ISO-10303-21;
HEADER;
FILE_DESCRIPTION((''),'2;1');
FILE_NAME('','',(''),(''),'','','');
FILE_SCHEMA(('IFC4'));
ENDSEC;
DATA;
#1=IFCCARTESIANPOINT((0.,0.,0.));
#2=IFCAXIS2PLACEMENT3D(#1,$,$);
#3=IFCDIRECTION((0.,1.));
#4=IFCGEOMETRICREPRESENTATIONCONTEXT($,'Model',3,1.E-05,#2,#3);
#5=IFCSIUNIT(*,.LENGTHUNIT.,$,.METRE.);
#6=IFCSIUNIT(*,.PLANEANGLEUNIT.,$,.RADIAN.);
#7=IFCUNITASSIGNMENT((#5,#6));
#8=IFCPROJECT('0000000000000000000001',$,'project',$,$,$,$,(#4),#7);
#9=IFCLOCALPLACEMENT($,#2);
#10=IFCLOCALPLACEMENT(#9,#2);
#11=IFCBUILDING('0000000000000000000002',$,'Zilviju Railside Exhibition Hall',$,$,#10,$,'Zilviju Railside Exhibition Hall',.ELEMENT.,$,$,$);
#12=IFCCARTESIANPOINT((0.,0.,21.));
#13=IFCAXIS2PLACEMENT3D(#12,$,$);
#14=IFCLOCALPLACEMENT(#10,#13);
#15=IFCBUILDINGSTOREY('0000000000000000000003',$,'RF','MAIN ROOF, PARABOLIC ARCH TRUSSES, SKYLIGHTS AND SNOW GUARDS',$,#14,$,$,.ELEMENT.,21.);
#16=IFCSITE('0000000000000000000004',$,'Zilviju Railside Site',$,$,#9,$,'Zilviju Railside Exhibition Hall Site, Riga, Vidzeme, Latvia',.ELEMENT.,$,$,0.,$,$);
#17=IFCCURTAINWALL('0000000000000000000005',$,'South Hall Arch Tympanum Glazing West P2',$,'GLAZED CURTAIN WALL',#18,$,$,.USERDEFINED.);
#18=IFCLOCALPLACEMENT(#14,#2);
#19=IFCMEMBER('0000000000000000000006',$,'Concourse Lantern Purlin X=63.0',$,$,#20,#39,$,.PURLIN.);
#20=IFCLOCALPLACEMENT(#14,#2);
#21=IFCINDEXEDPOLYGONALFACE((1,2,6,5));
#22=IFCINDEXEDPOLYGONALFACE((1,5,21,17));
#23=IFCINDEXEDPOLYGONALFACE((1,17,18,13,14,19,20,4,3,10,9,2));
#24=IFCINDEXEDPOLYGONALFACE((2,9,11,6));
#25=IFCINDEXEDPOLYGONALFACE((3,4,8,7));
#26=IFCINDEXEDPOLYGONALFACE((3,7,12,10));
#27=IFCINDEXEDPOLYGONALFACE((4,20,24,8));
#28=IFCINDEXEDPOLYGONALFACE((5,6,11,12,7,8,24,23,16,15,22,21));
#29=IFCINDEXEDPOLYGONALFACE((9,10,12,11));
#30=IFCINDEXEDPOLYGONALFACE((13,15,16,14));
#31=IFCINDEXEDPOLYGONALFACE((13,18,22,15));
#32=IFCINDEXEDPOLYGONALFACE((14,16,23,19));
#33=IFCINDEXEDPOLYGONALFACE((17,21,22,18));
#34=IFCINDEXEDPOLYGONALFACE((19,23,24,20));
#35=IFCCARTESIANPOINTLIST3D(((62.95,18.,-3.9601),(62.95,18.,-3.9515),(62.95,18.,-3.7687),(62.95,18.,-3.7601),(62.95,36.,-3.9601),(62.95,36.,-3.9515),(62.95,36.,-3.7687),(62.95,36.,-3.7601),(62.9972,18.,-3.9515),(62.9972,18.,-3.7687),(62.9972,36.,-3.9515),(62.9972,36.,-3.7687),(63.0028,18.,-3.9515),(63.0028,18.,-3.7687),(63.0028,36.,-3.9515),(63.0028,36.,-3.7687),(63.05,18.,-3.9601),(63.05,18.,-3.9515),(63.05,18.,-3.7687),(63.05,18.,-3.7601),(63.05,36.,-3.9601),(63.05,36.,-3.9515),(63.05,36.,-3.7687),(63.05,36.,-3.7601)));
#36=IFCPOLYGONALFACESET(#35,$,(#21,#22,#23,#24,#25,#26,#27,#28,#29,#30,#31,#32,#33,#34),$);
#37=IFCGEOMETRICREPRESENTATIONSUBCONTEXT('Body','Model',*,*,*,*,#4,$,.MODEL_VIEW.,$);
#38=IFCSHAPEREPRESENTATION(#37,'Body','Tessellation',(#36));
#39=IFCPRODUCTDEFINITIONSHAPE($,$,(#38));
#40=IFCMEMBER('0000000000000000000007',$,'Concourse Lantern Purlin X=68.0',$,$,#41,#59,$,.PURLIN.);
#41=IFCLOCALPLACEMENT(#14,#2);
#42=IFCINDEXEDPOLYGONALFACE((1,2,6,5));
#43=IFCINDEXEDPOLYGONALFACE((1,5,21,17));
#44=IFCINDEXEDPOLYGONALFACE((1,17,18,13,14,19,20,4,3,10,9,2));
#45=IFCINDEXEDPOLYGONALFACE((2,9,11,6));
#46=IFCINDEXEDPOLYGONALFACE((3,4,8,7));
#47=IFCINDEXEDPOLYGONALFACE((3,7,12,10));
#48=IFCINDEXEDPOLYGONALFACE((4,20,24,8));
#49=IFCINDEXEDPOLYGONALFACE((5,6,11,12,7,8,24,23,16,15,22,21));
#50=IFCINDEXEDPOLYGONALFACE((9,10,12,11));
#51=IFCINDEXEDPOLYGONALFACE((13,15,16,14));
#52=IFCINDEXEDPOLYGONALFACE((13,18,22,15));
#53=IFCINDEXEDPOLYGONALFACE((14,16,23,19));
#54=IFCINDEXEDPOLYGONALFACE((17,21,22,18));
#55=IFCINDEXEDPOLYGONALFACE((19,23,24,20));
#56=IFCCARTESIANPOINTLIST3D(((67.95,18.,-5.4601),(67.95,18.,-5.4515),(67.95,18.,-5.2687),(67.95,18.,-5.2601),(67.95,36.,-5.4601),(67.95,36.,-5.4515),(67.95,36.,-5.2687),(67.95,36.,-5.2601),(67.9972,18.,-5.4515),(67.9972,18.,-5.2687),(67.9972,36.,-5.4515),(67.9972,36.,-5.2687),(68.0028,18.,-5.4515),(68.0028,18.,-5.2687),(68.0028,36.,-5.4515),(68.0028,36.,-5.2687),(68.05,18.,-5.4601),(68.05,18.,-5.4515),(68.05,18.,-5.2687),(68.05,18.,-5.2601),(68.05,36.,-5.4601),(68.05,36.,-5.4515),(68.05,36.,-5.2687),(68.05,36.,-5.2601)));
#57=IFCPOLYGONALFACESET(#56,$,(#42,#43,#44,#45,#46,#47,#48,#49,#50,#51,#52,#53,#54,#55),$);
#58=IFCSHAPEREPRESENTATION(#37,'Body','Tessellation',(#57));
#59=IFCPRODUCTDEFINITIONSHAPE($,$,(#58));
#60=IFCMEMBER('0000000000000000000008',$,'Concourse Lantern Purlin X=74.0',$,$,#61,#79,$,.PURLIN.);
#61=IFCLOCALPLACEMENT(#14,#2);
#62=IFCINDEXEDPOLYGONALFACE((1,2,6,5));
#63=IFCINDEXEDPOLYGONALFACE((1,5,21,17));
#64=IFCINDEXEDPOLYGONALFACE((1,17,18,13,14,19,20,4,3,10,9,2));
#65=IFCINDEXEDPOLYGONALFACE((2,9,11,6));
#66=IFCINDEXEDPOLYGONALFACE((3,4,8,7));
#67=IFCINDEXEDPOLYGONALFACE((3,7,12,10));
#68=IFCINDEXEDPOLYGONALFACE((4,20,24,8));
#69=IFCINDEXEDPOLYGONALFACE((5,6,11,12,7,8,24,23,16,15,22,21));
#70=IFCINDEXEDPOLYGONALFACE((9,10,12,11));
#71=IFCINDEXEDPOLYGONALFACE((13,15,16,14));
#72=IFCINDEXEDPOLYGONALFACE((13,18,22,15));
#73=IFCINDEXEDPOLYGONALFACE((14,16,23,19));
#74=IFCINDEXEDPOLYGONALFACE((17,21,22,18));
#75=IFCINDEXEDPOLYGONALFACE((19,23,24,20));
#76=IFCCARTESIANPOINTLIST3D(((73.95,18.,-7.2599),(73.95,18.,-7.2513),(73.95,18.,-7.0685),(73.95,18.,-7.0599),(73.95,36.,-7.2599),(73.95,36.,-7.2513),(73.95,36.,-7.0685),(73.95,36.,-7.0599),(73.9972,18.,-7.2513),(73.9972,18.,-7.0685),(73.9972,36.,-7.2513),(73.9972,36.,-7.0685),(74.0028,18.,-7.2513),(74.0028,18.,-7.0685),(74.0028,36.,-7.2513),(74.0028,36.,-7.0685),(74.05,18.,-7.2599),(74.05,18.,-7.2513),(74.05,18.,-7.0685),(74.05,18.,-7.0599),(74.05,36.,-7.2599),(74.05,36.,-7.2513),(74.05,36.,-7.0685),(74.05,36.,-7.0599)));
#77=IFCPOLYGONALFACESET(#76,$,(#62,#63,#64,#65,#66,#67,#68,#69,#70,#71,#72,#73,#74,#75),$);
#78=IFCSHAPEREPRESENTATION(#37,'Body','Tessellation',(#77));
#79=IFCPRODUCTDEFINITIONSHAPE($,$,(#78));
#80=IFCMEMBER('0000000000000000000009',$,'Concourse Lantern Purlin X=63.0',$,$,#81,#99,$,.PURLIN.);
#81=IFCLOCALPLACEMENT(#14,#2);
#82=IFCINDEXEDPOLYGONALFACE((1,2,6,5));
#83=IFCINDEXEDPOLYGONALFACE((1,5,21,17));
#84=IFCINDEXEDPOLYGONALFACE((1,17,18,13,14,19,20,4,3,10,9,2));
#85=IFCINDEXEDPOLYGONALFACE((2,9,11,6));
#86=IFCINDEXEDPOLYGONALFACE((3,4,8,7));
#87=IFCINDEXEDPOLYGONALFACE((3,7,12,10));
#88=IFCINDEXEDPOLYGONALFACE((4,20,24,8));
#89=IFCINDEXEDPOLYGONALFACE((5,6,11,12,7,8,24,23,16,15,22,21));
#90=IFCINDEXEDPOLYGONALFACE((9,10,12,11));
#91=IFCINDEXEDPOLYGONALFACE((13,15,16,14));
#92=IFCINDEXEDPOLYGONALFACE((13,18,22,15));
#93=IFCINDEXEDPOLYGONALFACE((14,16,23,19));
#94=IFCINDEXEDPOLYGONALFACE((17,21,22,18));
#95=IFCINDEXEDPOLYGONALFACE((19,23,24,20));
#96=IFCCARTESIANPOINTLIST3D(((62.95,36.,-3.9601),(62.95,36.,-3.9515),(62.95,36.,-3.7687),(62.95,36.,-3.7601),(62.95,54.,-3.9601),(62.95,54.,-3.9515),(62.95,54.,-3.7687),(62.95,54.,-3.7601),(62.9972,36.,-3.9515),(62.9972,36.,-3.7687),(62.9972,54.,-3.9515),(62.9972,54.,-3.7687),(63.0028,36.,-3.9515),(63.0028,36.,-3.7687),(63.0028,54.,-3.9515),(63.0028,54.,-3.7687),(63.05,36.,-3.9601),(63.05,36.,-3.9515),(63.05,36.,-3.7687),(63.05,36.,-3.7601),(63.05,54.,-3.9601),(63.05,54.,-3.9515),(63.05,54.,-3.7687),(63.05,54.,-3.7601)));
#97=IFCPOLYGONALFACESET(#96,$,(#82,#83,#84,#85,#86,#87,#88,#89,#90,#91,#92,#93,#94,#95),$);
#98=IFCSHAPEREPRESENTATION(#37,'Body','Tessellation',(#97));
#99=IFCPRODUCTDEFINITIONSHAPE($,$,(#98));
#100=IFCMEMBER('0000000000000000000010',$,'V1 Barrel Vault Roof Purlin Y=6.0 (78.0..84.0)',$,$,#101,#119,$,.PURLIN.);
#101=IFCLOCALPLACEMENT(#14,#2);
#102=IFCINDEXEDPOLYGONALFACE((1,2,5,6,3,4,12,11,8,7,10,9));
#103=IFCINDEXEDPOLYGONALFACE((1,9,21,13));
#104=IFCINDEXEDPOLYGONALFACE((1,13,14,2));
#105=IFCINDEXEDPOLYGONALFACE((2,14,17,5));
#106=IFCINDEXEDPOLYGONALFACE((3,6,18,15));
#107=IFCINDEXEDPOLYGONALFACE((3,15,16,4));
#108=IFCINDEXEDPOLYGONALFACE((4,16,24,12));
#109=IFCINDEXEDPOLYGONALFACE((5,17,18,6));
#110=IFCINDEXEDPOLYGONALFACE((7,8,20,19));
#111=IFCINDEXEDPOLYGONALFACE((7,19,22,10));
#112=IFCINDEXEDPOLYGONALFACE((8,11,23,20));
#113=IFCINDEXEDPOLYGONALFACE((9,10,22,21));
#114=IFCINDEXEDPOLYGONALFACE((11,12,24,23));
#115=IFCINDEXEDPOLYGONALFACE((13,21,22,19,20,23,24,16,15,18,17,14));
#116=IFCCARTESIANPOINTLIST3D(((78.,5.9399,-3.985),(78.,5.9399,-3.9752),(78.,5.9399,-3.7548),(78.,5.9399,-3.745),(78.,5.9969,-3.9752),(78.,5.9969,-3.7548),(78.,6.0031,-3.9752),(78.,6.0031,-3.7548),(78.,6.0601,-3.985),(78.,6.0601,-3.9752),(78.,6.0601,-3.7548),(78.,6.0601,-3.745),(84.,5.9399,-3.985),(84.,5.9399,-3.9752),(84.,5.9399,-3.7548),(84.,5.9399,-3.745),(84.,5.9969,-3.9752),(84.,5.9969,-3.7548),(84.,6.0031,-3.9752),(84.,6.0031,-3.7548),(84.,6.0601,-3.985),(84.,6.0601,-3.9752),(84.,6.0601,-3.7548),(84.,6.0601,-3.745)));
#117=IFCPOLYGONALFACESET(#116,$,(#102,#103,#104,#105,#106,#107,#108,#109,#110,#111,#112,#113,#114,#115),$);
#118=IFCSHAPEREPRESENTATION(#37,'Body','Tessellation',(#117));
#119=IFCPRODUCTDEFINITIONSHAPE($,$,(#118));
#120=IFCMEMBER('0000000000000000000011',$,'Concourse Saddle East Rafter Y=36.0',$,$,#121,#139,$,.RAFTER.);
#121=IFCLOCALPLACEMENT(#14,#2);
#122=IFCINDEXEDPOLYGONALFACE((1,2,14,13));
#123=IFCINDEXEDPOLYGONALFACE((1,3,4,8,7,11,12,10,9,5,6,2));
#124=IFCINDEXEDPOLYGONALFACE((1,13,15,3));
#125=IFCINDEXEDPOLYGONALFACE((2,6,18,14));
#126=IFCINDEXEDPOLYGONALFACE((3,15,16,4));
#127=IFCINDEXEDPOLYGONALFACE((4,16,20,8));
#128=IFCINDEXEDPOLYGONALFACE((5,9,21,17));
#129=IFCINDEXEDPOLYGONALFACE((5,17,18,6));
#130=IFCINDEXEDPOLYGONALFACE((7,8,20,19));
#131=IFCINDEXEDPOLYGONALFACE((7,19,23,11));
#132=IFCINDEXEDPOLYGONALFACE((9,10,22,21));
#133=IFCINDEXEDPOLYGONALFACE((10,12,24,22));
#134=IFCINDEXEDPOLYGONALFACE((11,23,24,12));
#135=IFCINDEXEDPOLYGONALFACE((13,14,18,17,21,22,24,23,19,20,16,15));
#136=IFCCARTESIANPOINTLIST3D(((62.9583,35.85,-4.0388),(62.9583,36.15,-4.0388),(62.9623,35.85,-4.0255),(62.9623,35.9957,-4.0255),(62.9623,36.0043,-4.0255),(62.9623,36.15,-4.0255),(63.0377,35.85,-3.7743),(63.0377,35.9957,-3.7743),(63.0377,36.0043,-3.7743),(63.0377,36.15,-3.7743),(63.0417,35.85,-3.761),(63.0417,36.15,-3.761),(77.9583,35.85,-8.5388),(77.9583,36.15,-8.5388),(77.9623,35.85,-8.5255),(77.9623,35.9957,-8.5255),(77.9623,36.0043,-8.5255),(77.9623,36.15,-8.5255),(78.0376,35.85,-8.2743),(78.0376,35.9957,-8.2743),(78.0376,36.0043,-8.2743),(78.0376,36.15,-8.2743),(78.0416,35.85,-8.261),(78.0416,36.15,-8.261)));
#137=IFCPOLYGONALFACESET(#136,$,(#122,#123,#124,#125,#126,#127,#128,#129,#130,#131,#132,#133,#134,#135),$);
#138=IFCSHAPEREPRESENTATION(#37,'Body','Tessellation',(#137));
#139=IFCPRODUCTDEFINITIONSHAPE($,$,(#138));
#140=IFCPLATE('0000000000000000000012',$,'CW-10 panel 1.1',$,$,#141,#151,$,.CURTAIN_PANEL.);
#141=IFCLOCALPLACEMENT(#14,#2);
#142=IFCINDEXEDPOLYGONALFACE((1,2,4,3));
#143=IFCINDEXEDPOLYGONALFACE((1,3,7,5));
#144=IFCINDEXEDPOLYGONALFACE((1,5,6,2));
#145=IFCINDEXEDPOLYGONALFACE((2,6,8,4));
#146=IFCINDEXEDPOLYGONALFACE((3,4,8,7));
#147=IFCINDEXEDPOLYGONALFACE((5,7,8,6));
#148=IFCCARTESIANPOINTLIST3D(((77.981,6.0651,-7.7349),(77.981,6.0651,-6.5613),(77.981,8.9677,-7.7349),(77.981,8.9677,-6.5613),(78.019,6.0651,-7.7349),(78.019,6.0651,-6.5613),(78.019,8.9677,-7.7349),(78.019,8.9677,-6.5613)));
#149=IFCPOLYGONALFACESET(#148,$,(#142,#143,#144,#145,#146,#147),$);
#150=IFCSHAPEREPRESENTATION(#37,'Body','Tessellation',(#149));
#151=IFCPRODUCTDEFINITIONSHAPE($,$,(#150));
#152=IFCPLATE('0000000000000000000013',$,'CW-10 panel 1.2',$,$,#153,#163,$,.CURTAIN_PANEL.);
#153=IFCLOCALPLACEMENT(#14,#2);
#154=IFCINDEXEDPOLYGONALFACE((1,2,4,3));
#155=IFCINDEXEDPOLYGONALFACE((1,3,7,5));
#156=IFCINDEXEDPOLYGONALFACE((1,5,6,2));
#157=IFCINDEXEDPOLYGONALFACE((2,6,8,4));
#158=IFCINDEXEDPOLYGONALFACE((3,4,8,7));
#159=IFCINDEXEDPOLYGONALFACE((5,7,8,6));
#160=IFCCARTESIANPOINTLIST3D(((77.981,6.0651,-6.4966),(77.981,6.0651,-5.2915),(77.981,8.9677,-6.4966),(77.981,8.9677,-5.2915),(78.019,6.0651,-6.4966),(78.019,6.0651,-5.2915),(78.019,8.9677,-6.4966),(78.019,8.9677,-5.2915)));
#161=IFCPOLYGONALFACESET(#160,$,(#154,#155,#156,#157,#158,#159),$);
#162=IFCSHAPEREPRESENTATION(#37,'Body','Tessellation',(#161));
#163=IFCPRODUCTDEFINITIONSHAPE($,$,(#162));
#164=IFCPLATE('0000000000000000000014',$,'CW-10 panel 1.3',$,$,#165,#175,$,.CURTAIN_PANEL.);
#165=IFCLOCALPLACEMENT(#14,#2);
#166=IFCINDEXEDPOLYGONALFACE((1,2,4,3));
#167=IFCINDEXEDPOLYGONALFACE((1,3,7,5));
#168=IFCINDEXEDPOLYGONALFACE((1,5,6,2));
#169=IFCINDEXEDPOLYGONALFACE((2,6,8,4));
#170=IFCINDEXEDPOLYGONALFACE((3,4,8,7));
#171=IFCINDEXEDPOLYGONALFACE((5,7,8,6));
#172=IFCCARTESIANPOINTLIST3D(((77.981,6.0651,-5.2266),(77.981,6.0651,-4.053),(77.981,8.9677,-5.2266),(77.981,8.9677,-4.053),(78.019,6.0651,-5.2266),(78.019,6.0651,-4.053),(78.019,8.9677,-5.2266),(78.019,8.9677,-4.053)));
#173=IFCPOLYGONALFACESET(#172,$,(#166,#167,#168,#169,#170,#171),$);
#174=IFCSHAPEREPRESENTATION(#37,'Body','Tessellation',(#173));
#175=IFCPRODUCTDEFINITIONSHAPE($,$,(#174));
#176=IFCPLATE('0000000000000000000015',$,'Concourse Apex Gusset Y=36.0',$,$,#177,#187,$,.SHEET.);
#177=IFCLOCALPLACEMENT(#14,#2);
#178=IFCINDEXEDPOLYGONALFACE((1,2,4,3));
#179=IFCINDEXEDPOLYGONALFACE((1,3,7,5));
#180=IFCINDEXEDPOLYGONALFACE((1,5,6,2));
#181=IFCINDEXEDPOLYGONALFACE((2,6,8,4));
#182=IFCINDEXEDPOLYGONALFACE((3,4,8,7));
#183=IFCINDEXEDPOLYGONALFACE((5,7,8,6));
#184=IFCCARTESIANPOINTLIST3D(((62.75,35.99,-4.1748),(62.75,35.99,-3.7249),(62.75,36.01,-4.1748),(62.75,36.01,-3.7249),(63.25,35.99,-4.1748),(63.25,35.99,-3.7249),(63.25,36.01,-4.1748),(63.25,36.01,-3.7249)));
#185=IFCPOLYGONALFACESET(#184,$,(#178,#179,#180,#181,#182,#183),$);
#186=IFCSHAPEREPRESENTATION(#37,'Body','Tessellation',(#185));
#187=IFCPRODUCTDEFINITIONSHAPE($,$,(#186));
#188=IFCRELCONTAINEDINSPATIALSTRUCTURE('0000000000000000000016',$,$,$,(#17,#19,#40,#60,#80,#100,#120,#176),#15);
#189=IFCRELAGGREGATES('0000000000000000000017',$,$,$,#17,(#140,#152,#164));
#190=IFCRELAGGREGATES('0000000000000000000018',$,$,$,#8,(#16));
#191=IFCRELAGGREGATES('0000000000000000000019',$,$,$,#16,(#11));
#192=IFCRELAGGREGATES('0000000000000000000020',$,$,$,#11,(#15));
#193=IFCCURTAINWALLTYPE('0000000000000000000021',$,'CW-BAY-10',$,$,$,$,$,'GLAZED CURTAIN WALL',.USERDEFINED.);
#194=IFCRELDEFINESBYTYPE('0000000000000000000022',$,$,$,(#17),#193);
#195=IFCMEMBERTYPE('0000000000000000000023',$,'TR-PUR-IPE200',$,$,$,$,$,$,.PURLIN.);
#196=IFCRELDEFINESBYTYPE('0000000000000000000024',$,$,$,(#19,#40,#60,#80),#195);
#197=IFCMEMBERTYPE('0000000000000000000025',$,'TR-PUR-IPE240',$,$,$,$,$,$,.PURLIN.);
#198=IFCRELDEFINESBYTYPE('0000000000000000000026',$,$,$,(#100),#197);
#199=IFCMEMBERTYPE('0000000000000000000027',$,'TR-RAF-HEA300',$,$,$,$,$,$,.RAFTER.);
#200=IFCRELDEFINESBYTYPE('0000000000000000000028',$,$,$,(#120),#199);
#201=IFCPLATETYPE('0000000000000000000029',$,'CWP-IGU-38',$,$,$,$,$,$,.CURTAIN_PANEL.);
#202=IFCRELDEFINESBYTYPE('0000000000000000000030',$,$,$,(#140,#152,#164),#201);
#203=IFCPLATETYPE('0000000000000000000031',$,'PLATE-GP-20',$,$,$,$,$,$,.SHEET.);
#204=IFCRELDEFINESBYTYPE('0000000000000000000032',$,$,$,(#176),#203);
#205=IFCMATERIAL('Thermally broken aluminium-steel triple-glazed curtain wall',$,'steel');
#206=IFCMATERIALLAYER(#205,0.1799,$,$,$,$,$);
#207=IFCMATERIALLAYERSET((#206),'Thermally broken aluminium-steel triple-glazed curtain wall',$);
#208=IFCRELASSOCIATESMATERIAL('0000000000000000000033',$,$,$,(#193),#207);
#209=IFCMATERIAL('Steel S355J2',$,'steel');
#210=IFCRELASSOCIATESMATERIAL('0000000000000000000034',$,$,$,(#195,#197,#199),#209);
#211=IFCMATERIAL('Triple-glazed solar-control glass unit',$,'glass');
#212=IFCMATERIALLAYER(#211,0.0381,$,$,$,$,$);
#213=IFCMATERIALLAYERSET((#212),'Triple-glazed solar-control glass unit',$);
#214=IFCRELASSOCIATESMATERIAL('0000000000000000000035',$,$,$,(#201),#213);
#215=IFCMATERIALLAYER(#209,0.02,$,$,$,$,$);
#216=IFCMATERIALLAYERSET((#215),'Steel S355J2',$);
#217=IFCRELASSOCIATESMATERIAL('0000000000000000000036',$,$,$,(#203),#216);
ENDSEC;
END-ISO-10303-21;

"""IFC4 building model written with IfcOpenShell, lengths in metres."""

from ifc_helpers import new_model, si_unit, direction, frame, origin, origin_2d, place, context, subcontext, project, spatial, rectangle, i_section, extrude, material, layer, layer_set, material_profile, profile_set, type_object, element, aggregate, save


model = new_model("IFC4")

# Units and contexts
model_context = context("Model", 3, precision=1e-05, world=origin(), true_north=direction((0.0, 1.0)))
body_context = subcontext(model_context, "Body", "Model", "MODEL_VIEW")
ifc_project = project(units=[si_unit("LENGTHUNIT", "METRE"), si_unit("PLANEANGLEUNIT", "RADIAN")], contexts=[model_context])

# Site, building, storey
site_placement = place(None, origin())
site = spatial("IfcSite", under=ifc_project, at=site_placement, Name="Zilviju Railside Site", LongName="Zilviju Railside Exhibition Hall Site, Riga, Vidzeme, Latvia", CompositionType="ELEMENT", RefElevation=0.0)
building_placement = place(site_placement, origin())
building = spatial("IfcBuilding", under=site, at=building_placement, Name="Zilviju Railside Exhibition Hall", LongName="Zilviju Railside Exhibition Hall", CompositionType="ELEMENT")
storey_placement = place(building_placement, frame((0.0, 0.0, 21.0)))
storey = spatial("IfcBuildingStorey", under=building, at=storey_placement, Name="RF", Description="MAIN ROOF, PARABOLIC ARCH TRUSSES, SKYLIGHTS AND SNOW GUARDS", CompositionType="ELEMENT", Elevation=21.0)

# Curtain wall
ifc_material_1 = material(Name="Thermally broken aluminium-steel triple-glazed curtain wall", Category="steel")
ifc_layer_1 = layer(ifc_material_1, 0.1799)
ifc_layer_set_1 = layer_set([ifc_layer_1], Name="Thermally broken aluminium-steel triple-glazed curtain wall")
curtain_wall_type = type_object("IfcCurtainWallType", Name="CW-BAY-10", ElementType="GLAZED CURTAIN WALL", PredefinedType="USERDEFINED", material=ifc_layer_set_1)
curtain_wall_placement = place(storey_placement, origin())
curtain_wall = element("IfcCurtainWall", 1, at=curtain_wall_placement, inside=storey, type_object=curtain_wall_type, Name="South Hall Arch Tympanum Glazing West P2", ObjectType="GLAZED CURTAIN WALL", PredefinedType="USERDEFINED")

# Members
ifc_material_2 = material(Name="Steel S355J2", Category="steel")
ifc_material_profile_1 = material_profile(ifc_material_2, i_section(OverallWidth=0.1001, OverallDepth=0.2, WebThickness=0.0056, FlangeThickness=0.0085, at=origin_2d()), Name="IPE 200")
ifc_profile_set_1 = profile_set([ifc_material_profile_1], Name="Steel S355J2")
member_type_1 = type_object("IfcMemberType", Name="TR-PUR-IPE200", PredefinedType="PURLIN", material=ifc_profile_set_1)
for number, where, z_axis, x_axis, name in (
    (2, (63.0, 18.0, -3.8601), (0.0, 1.0, 0.0), (-1.0, 0.0, 0.0), "Concourse Lantern Purlin X=63.0"),
    (3, (68.0, 18.0, -5.3601), (0.0, 1.0, 0.0), (-1.0, 0.0, 0.0), "Concourse Lantern Purlin X=68.0"),
    (4, (74.0, 18.0, -7.1599), (0.0, 1.0, 0.0), (-1.0, 0.0, 0.0), "Concourse Lantern Purlin X=74.0"),
    (5, (63.0, 36.0, -3.8601), (0.0, 1.0, 0.0), (-1.0, 0.0, 0.0), "Concourse Lantern Purlin X=63.0"),
):
    element("IfcMember", number, at=place(storey_placement, frame(where, z_axis=z_axis, x_axis=x_axis)), inside=storey, type_object=member_type_1, Name=name, PredefinedType="PURLIN", context=body_context, shape_type="SweptSolid", body=[
        extrude(i_section(OverallWidth=0.1001, OverallDepth=0.2, WebThickness=0.0056, FlangeThickness=0.0085, at=origin_2d()), origin(), (0.0, 0.0, 1.0), 18.0),
    ])
ifc_material_profile_2 = material_profile(ifc_material_2, i_section(OverallWidth=0.1201, OverallDepth=0.24, WebThickness=0.0061, FlangeThickness=0.0098, at=origin_2d()), Name="IPE 240")
ifc_profile_set_2 = profile_set([ifc_material_profile_2], Name="Steel S355J2")
member_type_2 = type_object("IfcMemberType", Name="TR-PUR-IPE240", PredefinedType="PURLIN", material=ifc_profile_set_2)
member_1_placement = place(storey_placement, frame((78.0, 6.0, -3.865), z_axis=(1.0, 0.0, 0.0), x_axis=(0.0, 1.0, 0.0)))
element("IfcMember", 6, at=member_1_placement, inside=storey, type_object=member_type_2, Name="V1 Barrel Vault Roof Purlin Y=6.0 (78.0..84.0)", PredefinedType="PURLIN", context=body_context, shape_type="SweptSolid", body=[
    extrude(i_section(OverallWidth=0.1201, OverallDepth=0.24, WebThickness=0.0061, FlangeThickness=0.0098, at=origin_2d()), origin(), (0.0, 0.0, 1.0), 6.0),
])
ifc_material_profile_3 = material_profile(ifc_material_2, i_section(OverallWidth=0.3, OverallDepth=0.29, WebThickness=0.0085, FlangeThickness=0.0139, at=origin_2d()), Name="HEA 300")
ifc_profile_set_3 = profile_set([ifc_material_profile_3], Name="Steel S355J2")
member_type_3 = type_object("IfcMemberType", Name="TR-RAF-HEA300", PredefinedType="RAFTER", material=ifc_profile_set_3)
member_2_placement = place(storey_placement, frame((63.0, 36.0, -3.8999), z_axis=(0.957826, 0.0, -0.287348), x_axis=(0.0, 1.0, 0.0)))
element("IfcMember", 7, at=member_2_placement, inside=storey, type_object=member_type_3, Name="Concourse Saddle East Rafter Y=36.0", PredefinedType="RAFTER", context=body_context, shape_type="SweptSolid", body=[
    extrude(i_section(OverallWidth=0.3, OverallDepth=0.29, WebThickness=0.0085, FlangeThickness=0.0139, at=origin_2d()), origin(), (0.0, 0.0, 1.0), 15.6604),
])

# Plates
ifc_material_3 = material(Name="Triple-glazed solar-control glass unit", Category="glass")
ifc_layer_2 = layer(ifc_material_3, 0.0381)
ifc_layer_set_2 = layer_set([ifc_layer_2], Name="Triple-glazed solar-control glass unit")
plate_type_1 = type_object("IfcPlateType", Name="CWP-IGU-38", PredefinedType="CURTAIN_PANEL", material=ifc_layer_set_2)
plate_1_placement = place(storey_placement, frame((78.0, 7.5164, -7.7349), z_axis=(0.0, 0.0, 1.0), x_axis=(0.0, 1.0, 0.0)))
plate_1 = element("IfcPlate", 8, at=plate_1_placement, type_object=plate_type_1, Name="CW-10 panel 1.1", PredefinedType="CURTAIN_PANEL", context=body_context, shape_type="SweptSolid", body=[
    extrude(rectangle(XDim=2.9026, YDim=0.0381, at=origin_2d()), origin(), (0.0, 0.0, 1.0), 1.1736),
])
plate_2_placement = place(storey_placement, frame((78.0, 7.5164, -6.4966), z_axis=(0.0, 0.0, 1.0), x_axis=(0.0, 1.0, 0.0)))
plate_2 = element("IfcPlate", 9, at=plate_2_placement, type_object=plate_type_1, Name="CW-10 panel 1.2", PredefinedType="CURTAIN_PANEL", context=body_context, shape_type="SweptSolid", body=[
    extrude(rectangle(XDim=2.9026, YDim=0.0381, at=origin_2d()), origin(), (0.0, 0.0, 1.0), 1.2051),
])
plate_3_placement = place(storey_placement, frame((78.0, 7.5164, -5.2266), z_axis=(0.0, 0.0, 1.0), x_axis=(0.0, 1.0, 0.0)))
plate_3 = element("IfcPlate", 10, at=plate_3_placement, type_object=plate_type_1, Name="CW-10 panel 1.3", PredefinedType="CURTAIN_PANEL", context=body_context, shape_type="SweptSolid", body=[
    extrude(rectangle(XDim=2.9026, YDim=0.0381, at=origin_2d()), origin(), (0.0, 0.0, 1.0), 1.1736),
])
aggregate(curtain_wall, [plate_1, plate_2, plate_3])
ifc_layer_3 = layer(ifc_material_2, 0.02)
ifc_layer_set_3 = layer_set([ifc_layer_3], Name="Steel S355J2")
plate_type_2 = type_object("IfcPlateType", Name="PLATE-GP-20", PredefinedType="SHEET", material=ifc_layer_set_3)
plate_4_placement = place(storey_placement, frame((63.0, 36.0, -4.1748), z_axis=(0.0, 0.0, 1.0), x_axis=(1.0, 0.0, 0.0)))
element("IfcPlate", 11, at=plate_4_placement, inside=storey, type_object=plate_type_2, Name="Concourse Apex Gusset Y=36.0", PredefinedType="SHEET", context=body_context, shape_type="SweptSolid", body=[
    extrude(rectangle(XDim=0.5, YDim=0.02, at=origin_2d()), origin(), (0.0, 0.0, 1.0), 0.45),
])

save(model, "model.ifc")
